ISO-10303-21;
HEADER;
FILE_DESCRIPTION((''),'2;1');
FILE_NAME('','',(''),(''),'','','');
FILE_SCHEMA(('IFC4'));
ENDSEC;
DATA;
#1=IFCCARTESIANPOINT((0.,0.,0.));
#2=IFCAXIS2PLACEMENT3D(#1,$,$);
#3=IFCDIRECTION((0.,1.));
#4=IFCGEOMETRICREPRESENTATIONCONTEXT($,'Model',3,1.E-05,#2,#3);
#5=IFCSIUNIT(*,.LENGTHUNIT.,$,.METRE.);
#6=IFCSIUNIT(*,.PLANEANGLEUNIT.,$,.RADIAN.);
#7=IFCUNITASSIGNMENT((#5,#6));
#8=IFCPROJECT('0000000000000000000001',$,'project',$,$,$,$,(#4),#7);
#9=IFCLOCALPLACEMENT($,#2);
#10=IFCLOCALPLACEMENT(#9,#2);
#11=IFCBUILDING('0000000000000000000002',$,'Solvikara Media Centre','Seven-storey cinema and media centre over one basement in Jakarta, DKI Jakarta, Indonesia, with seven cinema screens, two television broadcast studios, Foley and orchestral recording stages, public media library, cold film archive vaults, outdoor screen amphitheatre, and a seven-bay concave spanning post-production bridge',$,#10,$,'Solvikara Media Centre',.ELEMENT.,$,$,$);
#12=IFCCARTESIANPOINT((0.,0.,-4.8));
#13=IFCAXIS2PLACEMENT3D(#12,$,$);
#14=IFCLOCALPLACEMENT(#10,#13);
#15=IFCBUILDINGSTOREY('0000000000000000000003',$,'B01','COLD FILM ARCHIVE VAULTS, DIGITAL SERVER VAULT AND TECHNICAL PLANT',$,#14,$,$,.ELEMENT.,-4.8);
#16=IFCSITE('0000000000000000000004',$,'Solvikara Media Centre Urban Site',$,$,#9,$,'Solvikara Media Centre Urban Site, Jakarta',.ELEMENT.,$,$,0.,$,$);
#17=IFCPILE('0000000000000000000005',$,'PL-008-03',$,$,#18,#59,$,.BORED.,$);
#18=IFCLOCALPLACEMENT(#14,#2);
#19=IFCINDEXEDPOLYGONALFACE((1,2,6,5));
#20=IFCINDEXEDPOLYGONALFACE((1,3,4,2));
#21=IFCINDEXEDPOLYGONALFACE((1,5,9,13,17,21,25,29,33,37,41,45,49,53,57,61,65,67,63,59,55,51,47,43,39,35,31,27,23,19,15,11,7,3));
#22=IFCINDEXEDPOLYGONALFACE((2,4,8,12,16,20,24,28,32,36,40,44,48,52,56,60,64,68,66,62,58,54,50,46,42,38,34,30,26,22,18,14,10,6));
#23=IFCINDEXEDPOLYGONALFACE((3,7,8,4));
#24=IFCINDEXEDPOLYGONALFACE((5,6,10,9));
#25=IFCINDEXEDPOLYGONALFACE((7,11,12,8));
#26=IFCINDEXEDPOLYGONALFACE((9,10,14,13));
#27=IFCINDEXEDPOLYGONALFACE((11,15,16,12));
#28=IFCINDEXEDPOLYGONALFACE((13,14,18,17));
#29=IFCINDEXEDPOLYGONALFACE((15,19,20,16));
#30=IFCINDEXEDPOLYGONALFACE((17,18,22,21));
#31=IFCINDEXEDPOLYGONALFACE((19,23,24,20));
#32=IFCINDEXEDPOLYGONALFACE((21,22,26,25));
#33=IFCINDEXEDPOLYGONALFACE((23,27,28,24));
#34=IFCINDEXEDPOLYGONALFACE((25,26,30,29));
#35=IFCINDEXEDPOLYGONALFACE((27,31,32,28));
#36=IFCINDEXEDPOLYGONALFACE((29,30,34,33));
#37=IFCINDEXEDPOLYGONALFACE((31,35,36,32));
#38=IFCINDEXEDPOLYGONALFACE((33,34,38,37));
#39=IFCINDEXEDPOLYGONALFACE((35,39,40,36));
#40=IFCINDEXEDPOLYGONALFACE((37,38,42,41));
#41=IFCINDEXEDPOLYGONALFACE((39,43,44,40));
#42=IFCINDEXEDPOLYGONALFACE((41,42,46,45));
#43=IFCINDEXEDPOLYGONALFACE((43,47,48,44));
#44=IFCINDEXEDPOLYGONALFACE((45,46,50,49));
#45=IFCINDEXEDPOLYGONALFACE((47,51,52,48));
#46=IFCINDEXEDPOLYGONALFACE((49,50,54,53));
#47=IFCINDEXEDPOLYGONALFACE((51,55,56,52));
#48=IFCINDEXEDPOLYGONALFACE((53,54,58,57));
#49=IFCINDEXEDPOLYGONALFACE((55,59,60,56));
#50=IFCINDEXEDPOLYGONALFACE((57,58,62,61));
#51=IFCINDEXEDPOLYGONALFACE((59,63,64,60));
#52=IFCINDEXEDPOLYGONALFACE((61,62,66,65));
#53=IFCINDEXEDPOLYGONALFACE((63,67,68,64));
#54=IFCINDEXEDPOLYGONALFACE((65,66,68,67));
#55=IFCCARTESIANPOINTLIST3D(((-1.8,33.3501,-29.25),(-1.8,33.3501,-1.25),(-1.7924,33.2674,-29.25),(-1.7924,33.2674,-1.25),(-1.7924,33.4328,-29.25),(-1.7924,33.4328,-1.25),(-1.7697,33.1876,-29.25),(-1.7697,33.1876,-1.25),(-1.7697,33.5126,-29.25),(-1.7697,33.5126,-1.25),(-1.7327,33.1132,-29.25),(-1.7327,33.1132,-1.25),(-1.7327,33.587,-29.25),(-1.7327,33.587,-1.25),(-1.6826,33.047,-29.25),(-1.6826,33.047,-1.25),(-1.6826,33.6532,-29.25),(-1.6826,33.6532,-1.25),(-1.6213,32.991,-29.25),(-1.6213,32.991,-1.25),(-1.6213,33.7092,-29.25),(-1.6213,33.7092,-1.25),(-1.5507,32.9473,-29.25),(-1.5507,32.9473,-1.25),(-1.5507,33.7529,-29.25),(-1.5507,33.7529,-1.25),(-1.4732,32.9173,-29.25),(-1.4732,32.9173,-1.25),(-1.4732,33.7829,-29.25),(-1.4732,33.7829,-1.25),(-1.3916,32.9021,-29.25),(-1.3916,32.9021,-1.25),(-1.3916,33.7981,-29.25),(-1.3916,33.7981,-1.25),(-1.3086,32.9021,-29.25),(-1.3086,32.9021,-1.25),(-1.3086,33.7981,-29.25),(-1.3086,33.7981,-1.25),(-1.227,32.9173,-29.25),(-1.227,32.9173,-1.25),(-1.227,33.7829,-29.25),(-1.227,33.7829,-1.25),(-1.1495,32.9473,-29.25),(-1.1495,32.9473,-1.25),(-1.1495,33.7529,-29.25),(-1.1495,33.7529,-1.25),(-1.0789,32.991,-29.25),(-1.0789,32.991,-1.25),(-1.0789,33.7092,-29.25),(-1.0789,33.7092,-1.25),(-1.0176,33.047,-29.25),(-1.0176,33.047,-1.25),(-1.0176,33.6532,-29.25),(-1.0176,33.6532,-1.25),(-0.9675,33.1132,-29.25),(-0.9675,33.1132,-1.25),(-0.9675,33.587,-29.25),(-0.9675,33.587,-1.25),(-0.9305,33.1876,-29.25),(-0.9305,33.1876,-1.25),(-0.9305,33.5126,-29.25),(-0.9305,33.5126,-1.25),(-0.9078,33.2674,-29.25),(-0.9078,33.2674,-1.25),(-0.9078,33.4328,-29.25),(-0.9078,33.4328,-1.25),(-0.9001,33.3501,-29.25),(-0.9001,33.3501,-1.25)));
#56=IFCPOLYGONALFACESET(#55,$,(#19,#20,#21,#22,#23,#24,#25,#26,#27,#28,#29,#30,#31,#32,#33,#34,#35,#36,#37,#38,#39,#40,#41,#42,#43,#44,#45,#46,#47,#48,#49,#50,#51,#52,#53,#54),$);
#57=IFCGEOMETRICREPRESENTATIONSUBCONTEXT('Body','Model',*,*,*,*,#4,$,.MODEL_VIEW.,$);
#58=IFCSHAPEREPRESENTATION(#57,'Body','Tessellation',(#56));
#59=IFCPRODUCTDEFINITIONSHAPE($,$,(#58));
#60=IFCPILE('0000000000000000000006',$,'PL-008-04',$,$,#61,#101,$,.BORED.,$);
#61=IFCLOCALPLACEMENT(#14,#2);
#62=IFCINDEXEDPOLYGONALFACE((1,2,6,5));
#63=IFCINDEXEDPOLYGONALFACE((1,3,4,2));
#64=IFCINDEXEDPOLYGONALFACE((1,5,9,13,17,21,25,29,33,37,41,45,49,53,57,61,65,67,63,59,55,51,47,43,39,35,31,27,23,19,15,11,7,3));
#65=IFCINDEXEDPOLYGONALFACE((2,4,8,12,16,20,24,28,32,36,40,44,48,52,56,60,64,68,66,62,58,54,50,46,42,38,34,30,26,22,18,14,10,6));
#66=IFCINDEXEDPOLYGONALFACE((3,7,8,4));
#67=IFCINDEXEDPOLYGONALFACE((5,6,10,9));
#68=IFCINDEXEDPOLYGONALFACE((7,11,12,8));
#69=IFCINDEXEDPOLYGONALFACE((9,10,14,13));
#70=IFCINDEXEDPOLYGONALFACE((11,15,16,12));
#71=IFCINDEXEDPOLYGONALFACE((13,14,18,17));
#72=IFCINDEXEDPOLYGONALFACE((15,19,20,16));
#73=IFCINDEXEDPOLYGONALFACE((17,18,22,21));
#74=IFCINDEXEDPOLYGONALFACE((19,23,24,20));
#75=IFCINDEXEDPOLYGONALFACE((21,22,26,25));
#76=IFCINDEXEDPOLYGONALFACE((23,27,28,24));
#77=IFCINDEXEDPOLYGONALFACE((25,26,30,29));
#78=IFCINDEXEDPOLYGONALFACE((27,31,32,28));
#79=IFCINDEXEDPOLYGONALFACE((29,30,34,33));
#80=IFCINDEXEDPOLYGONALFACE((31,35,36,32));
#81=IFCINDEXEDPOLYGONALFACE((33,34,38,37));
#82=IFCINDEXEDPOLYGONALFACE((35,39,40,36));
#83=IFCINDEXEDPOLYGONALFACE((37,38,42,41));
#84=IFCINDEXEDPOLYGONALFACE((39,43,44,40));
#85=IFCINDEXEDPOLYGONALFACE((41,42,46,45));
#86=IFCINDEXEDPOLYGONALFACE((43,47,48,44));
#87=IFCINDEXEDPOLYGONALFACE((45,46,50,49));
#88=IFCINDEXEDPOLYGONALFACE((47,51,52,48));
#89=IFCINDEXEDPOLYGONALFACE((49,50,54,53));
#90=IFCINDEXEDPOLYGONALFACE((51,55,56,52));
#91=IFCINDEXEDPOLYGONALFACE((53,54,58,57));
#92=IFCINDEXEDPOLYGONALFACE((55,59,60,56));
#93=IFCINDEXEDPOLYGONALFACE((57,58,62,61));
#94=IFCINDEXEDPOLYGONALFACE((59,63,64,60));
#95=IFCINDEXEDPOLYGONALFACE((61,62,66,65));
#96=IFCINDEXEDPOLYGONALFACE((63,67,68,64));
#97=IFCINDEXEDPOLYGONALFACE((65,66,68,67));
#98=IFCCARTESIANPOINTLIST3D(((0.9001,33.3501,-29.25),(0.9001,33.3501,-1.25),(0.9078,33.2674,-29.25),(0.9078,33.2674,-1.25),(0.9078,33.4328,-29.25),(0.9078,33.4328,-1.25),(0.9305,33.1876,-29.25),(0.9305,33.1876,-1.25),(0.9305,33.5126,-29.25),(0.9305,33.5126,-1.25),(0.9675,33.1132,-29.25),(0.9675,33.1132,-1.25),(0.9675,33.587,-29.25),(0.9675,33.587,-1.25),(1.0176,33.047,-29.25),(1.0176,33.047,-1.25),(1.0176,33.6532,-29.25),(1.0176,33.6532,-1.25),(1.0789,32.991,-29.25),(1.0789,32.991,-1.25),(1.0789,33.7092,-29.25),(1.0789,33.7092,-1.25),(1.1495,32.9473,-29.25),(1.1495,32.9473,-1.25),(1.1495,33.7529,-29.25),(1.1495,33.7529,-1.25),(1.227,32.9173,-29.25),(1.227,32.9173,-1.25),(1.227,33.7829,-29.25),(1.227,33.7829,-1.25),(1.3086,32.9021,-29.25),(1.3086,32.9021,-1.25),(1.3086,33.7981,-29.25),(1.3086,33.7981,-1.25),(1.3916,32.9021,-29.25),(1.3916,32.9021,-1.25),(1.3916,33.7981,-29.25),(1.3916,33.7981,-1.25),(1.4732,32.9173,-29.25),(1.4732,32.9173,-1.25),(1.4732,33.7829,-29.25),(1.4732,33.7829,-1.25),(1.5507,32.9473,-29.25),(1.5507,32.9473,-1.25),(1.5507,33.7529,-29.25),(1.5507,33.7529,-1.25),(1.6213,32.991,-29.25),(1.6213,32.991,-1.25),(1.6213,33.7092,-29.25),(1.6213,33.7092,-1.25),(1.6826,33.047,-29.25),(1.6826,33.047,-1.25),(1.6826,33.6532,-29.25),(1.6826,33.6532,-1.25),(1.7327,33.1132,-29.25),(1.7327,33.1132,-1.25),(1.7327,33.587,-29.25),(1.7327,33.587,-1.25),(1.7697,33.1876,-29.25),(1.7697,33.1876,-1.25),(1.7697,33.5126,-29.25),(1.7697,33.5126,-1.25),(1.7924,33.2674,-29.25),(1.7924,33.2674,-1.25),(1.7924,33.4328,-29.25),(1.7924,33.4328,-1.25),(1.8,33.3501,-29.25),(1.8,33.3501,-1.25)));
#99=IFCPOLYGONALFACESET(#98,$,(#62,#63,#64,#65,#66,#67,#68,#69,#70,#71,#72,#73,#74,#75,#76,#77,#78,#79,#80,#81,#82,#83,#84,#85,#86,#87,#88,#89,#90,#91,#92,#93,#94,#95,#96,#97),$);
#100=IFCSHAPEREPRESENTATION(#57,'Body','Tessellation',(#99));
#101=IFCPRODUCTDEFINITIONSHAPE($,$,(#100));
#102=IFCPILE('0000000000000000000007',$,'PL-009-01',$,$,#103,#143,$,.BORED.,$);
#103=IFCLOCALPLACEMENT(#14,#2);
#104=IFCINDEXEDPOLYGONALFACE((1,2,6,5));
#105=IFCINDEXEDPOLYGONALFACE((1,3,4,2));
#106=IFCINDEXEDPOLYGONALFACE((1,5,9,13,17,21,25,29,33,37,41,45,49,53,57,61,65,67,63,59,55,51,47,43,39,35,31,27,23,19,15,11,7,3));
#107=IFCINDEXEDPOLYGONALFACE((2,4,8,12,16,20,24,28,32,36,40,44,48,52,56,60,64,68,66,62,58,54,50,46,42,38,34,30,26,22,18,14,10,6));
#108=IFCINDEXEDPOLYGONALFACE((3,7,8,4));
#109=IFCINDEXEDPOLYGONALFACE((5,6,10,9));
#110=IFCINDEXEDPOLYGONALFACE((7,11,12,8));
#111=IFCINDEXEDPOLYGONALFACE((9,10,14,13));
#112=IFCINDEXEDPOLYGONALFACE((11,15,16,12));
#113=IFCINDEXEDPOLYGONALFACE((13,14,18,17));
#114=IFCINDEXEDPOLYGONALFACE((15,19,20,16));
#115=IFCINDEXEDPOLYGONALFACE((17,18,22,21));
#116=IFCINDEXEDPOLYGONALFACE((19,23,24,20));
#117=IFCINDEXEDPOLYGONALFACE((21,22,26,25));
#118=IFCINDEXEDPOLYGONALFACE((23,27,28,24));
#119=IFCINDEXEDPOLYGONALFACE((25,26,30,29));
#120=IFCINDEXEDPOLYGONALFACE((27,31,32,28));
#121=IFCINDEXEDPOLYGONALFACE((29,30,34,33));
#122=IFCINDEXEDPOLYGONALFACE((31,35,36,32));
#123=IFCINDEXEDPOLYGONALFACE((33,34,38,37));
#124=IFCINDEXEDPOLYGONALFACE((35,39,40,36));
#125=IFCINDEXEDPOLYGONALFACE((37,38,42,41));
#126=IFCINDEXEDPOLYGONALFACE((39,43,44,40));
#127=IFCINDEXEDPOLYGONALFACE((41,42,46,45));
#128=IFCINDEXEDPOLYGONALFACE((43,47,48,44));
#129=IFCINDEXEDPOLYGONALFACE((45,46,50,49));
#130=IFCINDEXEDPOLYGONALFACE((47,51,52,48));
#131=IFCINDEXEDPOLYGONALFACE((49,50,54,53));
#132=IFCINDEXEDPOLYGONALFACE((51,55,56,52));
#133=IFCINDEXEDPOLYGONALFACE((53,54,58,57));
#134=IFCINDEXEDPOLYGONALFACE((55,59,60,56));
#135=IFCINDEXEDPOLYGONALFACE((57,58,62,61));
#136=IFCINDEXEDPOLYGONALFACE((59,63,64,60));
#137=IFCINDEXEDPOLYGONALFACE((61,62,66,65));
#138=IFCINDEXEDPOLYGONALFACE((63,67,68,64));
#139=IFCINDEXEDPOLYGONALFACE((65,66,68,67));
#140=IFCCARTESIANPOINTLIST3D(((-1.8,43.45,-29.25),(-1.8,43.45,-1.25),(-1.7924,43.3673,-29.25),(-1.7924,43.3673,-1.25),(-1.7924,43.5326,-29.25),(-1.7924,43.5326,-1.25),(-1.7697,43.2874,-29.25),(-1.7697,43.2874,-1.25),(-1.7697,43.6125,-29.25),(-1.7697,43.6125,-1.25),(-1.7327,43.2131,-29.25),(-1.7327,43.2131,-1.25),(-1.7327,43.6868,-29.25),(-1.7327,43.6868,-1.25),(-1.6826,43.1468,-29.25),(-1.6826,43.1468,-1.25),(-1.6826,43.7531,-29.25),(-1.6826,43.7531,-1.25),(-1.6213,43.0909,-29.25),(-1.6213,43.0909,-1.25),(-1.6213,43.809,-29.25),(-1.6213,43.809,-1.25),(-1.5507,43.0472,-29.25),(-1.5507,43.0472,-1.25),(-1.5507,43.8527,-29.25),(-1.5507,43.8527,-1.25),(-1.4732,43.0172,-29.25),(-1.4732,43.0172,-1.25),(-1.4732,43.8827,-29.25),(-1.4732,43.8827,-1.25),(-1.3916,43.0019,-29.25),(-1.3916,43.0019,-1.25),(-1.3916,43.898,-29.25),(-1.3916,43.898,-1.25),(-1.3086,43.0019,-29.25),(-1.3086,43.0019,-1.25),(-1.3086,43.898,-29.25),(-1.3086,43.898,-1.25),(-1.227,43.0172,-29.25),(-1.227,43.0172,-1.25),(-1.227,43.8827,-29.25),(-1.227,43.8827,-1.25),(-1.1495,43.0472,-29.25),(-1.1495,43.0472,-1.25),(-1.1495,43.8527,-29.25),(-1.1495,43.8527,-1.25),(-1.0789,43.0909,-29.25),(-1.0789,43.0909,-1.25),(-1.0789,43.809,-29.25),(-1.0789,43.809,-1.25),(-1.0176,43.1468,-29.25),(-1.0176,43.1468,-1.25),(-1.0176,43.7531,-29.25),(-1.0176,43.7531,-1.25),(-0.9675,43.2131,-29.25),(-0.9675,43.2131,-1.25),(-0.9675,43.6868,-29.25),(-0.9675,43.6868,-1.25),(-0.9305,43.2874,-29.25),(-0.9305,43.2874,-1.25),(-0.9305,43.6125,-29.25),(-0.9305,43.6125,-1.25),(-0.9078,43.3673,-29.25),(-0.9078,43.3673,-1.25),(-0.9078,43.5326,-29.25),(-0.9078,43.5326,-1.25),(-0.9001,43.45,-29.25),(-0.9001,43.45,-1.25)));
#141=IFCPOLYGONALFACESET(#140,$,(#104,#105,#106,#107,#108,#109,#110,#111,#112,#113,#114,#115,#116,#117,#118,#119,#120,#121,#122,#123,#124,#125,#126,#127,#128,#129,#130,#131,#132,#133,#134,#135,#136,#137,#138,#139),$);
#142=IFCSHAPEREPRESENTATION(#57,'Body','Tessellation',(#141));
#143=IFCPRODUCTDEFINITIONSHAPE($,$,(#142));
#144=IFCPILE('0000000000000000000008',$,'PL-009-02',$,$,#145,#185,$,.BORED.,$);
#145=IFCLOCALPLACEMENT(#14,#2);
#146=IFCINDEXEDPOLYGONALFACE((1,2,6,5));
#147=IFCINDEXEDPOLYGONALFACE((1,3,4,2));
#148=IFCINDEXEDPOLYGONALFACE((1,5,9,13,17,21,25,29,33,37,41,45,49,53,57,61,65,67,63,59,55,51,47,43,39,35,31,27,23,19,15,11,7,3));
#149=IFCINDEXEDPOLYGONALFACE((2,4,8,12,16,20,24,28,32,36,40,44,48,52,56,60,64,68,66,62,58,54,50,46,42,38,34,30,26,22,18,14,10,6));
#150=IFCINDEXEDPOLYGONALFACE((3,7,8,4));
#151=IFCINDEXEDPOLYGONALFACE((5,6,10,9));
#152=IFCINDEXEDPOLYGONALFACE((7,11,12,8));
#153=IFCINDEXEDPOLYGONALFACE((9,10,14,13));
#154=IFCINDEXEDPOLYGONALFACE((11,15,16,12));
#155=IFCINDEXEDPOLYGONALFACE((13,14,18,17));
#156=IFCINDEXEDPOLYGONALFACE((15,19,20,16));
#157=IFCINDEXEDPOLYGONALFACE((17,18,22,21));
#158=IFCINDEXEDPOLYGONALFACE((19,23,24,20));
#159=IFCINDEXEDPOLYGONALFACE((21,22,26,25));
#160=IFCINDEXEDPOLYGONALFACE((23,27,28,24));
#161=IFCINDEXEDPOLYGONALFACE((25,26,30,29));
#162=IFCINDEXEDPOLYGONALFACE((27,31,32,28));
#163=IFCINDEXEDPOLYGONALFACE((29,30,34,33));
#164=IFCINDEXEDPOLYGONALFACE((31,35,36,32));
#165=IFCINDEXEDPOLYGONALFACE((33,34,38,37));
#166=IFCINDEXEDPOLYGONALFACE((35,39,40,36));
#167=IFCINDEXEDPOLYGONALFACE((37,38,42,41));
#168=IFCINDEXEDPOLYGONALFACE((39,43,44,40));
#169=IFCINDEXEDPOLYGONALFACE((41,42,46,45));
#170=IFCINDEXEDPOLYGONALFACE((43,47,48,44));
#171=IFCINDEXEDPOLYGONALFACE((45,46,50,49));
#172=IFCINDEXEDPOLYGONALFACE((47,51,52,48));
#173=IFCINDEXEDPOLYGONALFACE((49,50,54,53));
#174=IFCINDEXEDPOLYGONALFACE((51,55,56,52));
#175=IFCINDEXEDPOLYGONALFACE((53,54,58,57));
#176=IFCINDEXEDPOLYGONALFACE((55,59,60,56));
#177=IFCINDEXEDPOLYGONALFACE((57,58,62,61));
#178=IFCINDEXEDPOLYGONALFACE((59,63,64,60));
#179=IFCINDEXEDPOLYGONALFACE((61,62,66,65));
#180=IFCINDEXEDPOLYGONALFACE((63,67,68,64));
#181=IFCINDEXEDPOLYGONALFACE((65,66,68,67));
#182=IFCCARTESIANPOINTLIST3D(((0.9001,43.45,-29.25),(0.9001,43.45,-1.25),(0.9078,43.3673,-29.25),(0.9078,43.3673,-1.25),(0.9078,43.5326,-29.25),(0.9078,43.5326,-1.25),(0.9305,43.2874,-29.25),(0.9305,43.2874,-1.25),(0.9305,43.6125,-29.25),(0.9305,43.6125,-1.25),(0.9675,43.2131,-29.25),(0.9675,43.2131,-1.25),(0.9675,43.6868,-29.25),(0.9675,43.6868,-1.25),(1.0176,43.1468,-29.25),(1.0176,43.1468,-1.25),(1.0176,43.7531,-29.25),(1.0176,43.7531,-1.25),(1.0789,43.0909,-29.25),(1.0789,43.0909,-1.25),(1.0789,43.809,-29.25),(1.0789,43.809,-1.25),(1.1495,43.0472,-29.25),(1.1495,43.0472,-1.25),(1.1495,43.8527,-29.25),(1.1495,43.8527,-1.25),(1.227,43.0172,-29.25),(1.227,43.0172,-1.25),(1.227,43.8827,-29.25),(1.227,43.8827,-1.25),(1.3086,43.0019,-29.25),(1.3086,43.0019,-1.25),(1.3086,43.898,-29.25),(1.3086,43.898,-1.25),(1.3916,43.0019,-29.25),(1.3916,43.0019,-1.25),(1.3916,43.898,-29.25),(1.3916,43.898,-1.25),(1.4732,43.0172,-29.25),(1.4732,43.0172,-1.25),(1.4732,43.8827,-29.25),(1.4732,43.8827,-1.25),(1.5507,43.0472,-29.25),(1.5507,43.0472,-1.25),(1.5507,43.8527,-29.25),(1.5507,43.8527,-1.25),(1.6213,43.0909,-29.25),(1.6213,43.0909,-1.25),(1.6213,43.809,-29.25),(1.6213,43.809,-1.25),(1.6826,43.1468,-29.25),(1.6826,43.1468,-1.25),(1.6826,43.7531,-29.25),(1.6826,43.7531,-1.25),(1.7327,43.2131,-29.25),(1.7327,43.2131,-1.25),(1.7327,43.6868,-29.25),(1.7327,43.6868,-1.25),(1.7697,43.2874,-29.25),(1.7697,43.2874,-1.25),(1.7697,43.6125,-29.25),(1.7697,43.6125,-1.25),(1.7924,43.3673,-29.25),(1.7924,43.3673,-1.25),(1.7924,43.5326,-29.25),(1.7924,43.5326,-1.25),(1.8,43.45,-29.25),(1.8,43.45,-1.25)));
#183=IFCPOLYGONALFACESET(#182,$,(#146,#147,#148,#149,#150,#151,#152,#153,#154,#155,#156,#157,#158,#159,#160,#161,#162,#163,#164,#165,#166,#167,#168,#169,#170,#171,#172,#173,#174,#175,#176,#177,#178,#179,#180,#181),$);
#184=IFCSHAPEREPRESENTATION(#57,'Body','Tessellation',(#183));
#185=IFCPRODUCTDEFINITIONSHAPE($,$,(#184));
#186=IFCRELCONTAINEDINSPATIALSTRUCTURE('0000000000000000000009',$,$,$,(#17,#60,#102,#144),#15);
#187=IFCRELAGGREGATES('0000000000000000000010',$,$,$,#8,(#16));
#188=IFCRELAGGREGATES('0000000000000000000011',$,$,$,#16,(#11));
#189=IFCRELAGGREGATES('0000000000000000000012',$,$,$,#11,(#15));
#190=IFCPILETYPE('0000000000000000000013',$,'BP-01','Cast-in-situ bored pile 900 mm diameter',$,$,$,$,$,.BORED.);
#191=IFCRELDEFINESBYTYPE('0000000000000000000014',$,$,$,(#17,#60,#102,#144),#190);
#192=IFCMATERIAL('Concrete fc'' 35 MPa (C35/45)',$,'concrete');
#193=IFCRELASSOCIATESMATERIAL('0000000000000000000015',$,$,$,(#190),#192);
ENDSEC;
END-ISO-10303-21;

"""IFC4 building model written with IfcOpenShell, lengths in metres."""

from ifc_helpers import new_model, si_unit, direction, frame, origin, origin_2d, place, context, subcontext, project, spatial, circle, extrude, material, material_profile, profile_set, type_object, element, save


model = new_model("IFC4")

# Units and contexts
model_context = context("Model", 3, precision=1e-05, world=origin(), true_north=direction((0.0, 1.0)))
body_context = subcontext(model_context, "Body", "Model", "MODEL_VIEW")
ifc_project = project(units=[si_unit("LENGTHUNIT", "METRE"), si_unit("PLANEANGLEUNIT", "RADIAN")], contexts=[model_context])

# Site, building, storey
site_placement = place(None, origin())
site = spatial("IfcSite", under=ifc_project, at=site_placement, Name="Solvikara Media Centre Urban Site", LongName="Solvikara Media Centre Urban Site, Jakarta", CompositionType="ELEMENT", RefElevation=0.0)
building_placement = place(site_placement, origin())
building = spatial("IfcBuilding", under=site, at=building_placement, Name="Solvikara Media Centre", Description="Seven-storey cinema and media centre over one basement in Jakarta, DKI Jakarta, Indonesia, with seven cinema screens, two television broadcast studios, Foley and orchestral recording stages, public media library, cold film archive vaults, outdoor screen amphitheatre, and a seven-bay concave spanning post-production bridge", LongName="Solvikara Media Centre", CompositionType="ELEMENT")
storey_placement = place(building_placement, frame((0.0, 0.0, -4.8)))
storey = spatial("IfcBuildingStorey", under=building, at=storey_placement, Name="B01", Description="COLD FILM ARCHIVE VAULTS, DIGITAL SERVER VAULT AND TECHNICAL PLANT", CompositionType="ELEMENT", Elevation=-4.8)

# Piles
ifc_material_1 = material(Name="Concrete fc' 35 MPa (C35/45)", Category="concrete")
ifc_material_profile_1 = material_profile(ifc_material_1, circle(Radius=0.45, at=origin_2d()), Name="BORED PILE D900")
ifc_profile_set_1 = profile_set([ifc_material_profile_1], Name="Concrete fc' 35 MPa (C35/45)")
pile_type_1 = type_object("IfcPileType", Name="BP-01", Description="Cast-in-situ bored pile 900 mm diameter", PredefinedType="BORED", material=ifc_profile_set_1)
for number, where, z_axis, x_axis, name in (
    (1, (-1.3501, 33.3501, -1.25), (0.0, 0.0, -1.0), (1.0, 0.0, 0.0), "PL-008-03"),
    (2, (1.3501, 33.3501, -1.25), (0.0, 0.0, -1.0), (1.0, 0.0, 0.0), "PL-008-04"),
    (3, (-1.3501, 43.45, -1.25), (0.0, 0.0, -1.0), (1.0, 0.0, 0.0), "PL-009-01"),
    (4, (1.3501, 43.45, -1.25), (0.0, 0.0, -1.0), (1.0, 0.0, 0.0), "PL-009-02"),
):
    element("IfcPile", number, at=place(storey_placement, frame(where, z_axis=z_axis, x_axis=x_axis)), inside=storey, type_object=pile_type_1, Name=name, PredefinedType="BORED", context=body_context, shape_type="SweptSolid", body=[
        extrude(circle(Radius=0.45, at=origin_2d()), origin(), (0.0, 0.0, 1.0), 28.0),
    ])

save(model, "model.ifc")
